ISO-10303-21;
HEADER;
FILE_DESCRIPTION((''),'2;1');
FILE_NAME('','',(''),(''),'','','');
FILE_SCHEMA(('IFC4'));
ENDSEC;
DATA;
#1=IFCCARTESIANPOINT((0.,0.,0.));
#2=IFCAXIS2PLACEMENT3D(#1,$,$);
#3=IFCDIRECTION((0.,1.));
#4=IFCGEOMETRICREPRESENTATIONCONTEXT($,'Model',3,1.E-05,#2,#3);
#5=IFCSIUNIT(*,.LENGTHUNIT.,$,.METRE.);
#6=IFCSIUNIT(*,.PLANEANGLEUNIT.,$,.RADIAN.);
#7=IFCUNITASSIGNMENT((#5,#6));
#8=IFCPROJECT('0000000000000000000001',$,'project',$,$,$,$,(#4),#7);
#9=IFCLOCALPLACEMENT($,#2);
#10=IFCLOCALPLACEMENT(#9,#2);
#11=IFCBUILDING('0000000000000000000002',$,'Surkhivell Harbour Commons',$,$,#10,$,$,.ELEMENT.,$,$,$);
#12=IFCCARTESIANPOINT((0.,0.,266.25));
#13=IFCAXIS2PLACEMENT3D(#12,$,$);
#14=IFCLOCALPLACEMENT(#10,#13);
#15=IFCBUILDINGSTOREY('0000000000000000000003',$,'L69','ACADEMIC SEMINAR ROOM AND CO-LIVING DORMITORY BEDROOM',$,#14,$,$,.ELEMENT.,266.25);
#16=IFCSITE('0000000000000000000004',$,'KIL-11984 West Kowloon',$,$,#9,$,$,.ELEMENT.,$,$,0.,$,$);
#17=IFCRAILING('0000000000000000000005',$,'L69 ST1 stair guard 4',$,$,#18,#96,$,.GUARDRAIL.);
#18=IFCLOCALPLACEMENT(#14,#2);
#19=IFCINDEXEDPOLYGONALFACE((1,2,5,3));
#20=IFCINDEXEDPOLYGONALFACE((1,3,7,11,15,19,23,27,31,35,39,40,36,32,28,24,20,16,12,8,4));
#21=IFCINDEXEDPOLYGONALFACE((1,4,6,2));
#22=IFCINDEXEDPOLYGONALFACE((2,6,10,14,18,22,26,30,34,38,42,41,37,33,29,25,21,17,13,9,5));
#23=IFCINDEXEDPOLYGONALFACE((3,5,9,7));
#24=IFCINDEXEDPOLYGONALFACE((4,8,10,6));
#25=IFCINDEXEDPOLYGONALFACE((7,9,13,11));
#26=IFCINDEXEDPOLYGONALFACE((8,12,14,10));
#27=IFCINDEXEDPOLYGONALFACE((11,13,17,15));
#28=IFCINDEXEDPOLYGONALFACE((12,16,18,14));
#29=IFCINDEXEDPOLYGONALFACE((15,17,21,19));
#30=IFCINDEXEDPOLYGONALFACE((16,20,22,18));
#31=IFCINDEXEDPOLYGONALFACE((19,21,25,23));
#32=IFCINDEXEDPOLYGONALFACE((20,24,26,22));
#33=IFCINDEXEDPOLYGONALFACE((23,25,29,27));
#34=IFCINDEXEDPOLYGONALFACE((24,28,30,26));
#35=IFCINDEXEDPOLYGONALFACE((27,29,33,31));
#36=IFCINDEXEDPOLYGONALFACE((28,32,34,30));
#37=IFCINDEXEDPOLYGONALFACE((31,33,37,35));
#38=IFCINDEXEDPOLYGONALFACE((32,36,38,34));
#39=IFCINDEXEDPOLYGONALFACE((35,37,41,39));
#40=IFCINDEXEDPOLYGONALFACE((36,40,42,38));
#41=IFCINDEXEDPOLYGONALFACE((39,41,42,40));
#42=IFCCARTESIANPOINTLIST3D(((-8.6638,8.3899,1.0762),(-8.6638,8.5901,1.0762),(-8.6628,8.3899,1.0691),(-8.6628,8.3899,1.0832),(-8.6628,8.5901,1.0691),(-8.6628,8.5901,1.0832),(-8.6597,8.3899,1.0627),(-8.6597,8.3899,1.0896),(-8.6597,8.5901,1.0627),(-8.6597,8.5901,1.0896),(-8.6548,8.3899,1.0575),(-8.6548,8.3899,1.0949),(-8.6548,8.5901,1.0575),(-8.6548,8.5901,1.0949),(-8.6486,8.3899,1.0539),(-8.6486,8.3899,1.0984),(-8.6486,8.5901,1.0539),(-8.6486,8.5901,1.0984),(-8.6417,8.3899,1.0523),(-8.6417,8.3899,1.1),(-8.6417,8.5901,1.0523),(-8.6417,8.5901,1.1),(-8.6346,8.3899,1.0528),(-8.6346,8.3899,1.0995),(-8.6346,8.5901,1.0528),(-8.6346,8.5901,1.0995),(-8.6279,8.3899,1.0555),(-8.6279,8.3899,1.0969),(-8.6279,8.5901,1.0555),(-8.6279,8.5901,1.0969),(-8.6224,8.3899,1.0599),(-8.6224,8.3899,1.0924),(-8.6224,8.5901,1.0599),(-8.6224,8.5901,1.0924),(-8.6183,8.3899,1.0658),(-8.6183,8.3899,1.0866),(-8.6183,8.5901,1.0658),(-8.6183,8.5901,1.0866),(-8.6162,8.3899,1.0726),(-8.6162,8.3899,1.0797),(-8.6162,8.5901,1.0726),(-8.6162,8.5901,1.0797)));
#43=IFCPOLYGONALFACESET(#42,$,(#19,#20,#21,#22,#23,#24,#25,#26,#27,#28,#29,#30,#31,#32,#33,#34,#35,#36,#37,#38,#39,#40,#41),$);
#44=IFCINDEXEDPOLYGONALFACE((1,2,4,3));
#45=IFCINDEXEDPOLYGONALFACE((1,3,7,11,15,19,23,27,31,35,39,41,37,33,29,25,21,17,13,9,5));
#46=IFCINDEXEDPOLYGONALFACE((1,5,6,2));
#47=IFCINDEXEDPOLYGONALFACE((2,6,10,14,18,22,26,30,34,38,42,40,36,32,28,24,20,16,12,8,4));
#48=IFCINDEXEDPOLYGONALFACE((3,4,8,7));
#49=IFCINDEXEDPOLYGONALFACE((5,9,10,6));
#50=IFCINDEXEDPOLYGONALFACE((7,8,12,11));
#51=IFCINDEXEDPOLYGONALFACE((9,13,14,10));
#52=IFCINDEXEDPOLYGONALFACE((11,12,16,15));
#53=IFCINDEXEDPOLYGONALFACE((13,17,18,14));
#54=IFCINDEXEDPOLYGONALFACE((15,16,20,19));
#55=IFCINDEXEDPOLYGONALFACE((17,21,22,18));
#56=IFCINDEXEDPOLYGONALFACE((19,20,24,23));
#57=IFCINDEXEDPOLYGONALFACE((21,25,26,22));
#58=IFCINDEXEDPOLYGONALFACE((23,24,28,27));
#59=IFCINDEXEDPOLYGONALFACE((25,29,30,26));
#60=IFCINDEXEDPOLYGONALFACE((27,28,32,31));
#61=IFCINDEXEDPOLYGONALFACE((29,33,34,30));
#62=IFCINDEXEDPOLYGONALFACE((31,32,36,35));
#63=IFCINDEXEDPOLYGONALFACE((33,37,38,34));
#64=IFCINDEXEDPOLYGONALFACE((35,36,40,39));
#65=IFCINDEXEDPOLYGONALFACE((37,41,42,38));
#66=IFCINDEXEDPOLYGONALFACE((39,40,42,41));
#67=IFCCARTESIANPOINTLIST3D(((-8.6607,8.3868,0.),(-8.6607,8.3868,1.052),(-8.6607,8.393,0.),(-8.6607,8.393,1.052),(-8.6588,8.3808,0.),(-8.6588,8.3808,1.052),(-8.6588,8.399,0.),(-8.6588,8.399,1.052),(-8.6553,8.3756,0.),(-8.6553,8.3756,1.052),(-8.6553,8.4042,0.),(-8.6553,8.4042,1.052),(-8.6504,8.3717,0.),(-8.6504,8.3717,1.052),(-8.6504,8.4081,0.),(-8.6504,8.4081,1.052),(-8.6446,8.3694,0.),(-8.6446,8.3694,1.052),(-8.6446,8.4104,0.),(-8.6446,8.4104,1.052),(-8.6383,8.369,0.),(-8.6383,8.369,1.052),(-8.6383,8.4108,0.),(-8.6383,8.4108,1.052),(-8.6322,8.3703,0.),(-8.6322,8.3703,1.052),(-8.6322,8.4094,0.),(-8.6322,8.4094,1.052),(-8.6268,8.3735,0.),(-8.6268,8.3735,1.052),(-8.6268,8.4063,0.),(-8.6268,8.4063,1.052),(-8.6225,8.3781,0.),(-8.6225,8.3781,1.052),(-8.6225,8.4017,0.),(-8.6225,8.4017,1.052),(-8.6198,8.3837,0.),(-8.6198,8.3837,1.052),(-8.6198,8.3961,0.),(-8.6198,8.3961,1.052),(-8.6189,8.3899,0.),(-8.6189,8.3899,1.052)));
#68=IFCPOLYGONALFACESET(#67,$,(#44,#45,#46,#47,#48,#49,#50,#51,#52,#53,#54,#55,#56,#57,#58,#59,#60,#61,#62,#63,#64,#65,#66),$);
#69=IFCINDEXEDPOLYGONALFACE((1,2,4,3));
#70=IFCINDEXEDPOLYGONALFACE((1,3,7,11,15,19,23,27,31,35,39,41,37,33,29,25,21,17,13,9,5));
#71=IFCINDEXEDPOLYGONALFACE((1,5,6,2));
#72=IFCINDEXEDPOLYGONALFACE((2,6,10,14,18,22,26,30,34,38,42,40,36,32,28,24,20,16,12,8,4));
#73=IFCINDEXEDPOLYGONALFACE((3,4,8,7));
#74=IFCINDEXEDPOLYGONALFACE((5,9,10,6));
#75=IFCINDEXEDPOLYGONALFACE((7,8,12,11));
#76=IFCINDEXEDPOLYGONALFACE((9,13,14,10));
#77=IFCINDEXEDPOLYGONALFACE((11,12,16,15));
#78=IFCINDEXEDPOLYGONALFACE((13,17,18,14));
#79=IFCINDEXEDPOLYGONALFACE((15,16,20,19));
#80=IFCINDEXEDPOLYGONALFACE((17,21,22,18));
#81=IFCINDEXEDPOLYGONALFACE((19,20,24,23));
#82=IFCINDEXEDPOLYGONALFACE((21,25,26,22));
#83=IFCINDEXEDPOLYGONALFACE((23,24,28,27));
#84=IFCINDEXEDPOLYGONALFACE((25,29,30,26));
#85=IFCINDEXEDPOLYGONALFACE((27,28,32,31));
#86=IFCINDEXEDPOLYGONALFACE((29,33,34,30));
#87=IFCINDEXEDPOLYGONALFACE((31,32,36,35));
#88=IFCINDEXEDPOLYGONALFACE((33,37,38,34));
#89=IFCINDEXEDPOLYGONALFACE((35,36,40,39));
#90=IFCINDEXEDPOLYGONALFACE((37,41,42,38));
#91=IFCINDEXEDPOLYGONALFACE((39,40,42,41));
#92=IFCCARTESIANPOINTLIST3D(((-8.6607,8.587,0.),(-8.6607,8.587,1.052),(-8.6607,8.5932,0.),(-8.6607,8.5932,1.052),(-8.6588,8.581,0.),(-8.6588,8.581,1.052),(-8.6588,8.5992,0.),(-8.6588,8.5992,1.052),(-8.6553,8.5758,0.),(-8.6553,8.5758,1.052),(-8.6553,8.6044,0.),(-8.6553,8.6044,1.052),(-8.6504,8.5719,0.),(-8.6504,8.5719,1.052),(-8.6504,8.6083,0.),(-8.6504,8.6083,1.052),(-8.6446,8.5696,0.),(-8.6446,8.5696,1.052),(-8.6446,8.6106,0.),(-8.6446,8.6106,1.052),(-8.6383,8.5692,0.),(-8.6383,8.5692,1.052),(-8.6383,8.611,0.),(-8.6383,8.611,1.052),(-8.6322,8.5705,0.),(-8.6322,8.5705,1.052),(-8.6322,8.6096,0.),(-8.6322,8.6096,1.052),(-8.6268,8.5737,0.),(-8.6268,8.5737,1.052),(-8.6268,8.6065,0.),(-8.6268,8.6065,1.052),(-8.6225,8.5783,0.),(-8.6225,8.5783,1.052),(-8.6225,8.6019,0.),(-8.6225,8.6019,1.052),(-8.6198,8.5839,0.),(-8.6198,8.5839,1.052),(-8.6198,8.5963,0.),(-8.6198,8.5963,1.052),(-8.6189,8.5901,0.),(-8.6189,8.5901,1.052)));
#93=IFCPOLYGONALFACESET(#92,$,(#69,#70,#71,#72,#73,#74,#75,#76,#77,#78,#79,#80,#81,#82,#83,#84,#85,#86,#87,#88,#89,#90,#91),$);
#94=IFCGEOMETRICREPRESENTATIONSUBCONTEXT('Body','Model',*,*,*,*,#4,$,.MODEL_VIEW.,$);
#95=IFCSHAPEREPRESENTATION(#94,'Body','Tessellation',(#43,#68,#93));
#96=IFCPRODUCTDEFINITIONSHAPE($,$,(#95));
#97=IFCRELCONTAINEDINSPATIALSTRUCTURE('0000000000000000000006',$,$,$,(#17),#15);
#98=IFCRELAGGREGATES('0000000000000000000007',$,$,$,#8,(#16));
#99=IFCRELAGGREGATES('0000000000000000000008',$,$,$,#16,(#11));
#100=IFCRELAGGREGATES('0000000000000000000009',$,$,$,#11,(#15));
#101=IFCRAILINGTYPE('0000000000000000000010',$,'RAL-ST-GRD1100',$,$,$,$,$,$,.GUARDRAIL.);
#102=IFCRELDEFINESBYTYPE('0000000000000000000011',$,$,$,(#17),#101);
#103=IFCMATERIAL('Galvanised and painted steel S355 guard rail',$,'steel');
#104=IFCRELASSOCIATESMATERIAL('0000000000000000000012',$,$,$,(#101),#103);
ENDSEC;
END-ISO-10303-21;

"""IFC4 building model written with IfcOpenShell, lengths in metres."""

from ifc_helpers import new_model, si_unit, direction, frame, origin, origin_2d, place, context, subcontext, project, spatial, circle, extrude, material, type_object, element, save


model = new_model("IFC4")

# Units and contexts
model_context = context("Model", 3, precision=1e-05, world=origin(), true_north=direction((0.0, 1.0)))
body_context = subcontext(model_context, "Body", "Model", "MODEL_VIEW")
ifc_project = project(units=[si_unit("LENGTHUNIT", "METRE"), si_unit("PLANEANGLEUNIT", "RADIAN")], contexts=[model_context])

# Site, building, storey
site_placement = place(None, origin())
site = spatial("IfcSite", under=ifc_project, at=site_placement, Name="KIL-11984 West Kowloon", CompositionType="ELEMENT", RefElevation=0.0)
building_placement = place(site_placement, origin())
building = spatial("IfcBuilding", under=site, at=building_placement, Name="Surkhivell Harbour Commons", CompositionType="ELEMENT")
storey_placement = place(building_placement, frame((0.0, 0.0, 266.25)))
storey = spatial("IfcBuildingStorey", under=building, at=storey_placement, Name="L69", Description="ACADEMIC SEMINAR ROOM AND CO-LIVING DORMITORY BEDROOM", CompositionType="ELEMENT", Elevation=266.25)

# Railing
ifc_material_1 = material(Name="Galvanised and painted steel S355 guard rail", Category="steel")
railing_type_1 = type_object("IfcRailingType", Name="RAL-ST-GRD1100", PredefinedType="GUARDRAIL", material=ifc_material_1)
railing_1_placement = place(storey_placement, frame((-8.6399, 8.3899, 0.0)))
element("IfcRailing", 1, at=railing_1_placement, inside=storey, type_object=railing_type_1, Name="L69 ST1 stair guard 4", PredefinedType="GUARDRAIL", context=body_context, shape_type="SweptSolid", body=[
    extrude(circle(Radius=0.0239, at=origin_2d()), frame((0.0, 0.0, 1.0762), z_axis=(0.0, 1.0, 0.0), x_axis=(-1.0, 0.0, 0.0)), (0.0, 0.0, 1.0), 0.2002),
    extrude(circle(Radius=0.021, at=origin_2d()), origin(), (0.0, 0.0, 1.0), 1.052),
    extrude(circle(Radius=0.021, at=origin_2d()), frame((0.0, 0.2002, 0.0)), (0.0, 0.0, 1.0), 1.052),
])

save(model, "model.ifc")
